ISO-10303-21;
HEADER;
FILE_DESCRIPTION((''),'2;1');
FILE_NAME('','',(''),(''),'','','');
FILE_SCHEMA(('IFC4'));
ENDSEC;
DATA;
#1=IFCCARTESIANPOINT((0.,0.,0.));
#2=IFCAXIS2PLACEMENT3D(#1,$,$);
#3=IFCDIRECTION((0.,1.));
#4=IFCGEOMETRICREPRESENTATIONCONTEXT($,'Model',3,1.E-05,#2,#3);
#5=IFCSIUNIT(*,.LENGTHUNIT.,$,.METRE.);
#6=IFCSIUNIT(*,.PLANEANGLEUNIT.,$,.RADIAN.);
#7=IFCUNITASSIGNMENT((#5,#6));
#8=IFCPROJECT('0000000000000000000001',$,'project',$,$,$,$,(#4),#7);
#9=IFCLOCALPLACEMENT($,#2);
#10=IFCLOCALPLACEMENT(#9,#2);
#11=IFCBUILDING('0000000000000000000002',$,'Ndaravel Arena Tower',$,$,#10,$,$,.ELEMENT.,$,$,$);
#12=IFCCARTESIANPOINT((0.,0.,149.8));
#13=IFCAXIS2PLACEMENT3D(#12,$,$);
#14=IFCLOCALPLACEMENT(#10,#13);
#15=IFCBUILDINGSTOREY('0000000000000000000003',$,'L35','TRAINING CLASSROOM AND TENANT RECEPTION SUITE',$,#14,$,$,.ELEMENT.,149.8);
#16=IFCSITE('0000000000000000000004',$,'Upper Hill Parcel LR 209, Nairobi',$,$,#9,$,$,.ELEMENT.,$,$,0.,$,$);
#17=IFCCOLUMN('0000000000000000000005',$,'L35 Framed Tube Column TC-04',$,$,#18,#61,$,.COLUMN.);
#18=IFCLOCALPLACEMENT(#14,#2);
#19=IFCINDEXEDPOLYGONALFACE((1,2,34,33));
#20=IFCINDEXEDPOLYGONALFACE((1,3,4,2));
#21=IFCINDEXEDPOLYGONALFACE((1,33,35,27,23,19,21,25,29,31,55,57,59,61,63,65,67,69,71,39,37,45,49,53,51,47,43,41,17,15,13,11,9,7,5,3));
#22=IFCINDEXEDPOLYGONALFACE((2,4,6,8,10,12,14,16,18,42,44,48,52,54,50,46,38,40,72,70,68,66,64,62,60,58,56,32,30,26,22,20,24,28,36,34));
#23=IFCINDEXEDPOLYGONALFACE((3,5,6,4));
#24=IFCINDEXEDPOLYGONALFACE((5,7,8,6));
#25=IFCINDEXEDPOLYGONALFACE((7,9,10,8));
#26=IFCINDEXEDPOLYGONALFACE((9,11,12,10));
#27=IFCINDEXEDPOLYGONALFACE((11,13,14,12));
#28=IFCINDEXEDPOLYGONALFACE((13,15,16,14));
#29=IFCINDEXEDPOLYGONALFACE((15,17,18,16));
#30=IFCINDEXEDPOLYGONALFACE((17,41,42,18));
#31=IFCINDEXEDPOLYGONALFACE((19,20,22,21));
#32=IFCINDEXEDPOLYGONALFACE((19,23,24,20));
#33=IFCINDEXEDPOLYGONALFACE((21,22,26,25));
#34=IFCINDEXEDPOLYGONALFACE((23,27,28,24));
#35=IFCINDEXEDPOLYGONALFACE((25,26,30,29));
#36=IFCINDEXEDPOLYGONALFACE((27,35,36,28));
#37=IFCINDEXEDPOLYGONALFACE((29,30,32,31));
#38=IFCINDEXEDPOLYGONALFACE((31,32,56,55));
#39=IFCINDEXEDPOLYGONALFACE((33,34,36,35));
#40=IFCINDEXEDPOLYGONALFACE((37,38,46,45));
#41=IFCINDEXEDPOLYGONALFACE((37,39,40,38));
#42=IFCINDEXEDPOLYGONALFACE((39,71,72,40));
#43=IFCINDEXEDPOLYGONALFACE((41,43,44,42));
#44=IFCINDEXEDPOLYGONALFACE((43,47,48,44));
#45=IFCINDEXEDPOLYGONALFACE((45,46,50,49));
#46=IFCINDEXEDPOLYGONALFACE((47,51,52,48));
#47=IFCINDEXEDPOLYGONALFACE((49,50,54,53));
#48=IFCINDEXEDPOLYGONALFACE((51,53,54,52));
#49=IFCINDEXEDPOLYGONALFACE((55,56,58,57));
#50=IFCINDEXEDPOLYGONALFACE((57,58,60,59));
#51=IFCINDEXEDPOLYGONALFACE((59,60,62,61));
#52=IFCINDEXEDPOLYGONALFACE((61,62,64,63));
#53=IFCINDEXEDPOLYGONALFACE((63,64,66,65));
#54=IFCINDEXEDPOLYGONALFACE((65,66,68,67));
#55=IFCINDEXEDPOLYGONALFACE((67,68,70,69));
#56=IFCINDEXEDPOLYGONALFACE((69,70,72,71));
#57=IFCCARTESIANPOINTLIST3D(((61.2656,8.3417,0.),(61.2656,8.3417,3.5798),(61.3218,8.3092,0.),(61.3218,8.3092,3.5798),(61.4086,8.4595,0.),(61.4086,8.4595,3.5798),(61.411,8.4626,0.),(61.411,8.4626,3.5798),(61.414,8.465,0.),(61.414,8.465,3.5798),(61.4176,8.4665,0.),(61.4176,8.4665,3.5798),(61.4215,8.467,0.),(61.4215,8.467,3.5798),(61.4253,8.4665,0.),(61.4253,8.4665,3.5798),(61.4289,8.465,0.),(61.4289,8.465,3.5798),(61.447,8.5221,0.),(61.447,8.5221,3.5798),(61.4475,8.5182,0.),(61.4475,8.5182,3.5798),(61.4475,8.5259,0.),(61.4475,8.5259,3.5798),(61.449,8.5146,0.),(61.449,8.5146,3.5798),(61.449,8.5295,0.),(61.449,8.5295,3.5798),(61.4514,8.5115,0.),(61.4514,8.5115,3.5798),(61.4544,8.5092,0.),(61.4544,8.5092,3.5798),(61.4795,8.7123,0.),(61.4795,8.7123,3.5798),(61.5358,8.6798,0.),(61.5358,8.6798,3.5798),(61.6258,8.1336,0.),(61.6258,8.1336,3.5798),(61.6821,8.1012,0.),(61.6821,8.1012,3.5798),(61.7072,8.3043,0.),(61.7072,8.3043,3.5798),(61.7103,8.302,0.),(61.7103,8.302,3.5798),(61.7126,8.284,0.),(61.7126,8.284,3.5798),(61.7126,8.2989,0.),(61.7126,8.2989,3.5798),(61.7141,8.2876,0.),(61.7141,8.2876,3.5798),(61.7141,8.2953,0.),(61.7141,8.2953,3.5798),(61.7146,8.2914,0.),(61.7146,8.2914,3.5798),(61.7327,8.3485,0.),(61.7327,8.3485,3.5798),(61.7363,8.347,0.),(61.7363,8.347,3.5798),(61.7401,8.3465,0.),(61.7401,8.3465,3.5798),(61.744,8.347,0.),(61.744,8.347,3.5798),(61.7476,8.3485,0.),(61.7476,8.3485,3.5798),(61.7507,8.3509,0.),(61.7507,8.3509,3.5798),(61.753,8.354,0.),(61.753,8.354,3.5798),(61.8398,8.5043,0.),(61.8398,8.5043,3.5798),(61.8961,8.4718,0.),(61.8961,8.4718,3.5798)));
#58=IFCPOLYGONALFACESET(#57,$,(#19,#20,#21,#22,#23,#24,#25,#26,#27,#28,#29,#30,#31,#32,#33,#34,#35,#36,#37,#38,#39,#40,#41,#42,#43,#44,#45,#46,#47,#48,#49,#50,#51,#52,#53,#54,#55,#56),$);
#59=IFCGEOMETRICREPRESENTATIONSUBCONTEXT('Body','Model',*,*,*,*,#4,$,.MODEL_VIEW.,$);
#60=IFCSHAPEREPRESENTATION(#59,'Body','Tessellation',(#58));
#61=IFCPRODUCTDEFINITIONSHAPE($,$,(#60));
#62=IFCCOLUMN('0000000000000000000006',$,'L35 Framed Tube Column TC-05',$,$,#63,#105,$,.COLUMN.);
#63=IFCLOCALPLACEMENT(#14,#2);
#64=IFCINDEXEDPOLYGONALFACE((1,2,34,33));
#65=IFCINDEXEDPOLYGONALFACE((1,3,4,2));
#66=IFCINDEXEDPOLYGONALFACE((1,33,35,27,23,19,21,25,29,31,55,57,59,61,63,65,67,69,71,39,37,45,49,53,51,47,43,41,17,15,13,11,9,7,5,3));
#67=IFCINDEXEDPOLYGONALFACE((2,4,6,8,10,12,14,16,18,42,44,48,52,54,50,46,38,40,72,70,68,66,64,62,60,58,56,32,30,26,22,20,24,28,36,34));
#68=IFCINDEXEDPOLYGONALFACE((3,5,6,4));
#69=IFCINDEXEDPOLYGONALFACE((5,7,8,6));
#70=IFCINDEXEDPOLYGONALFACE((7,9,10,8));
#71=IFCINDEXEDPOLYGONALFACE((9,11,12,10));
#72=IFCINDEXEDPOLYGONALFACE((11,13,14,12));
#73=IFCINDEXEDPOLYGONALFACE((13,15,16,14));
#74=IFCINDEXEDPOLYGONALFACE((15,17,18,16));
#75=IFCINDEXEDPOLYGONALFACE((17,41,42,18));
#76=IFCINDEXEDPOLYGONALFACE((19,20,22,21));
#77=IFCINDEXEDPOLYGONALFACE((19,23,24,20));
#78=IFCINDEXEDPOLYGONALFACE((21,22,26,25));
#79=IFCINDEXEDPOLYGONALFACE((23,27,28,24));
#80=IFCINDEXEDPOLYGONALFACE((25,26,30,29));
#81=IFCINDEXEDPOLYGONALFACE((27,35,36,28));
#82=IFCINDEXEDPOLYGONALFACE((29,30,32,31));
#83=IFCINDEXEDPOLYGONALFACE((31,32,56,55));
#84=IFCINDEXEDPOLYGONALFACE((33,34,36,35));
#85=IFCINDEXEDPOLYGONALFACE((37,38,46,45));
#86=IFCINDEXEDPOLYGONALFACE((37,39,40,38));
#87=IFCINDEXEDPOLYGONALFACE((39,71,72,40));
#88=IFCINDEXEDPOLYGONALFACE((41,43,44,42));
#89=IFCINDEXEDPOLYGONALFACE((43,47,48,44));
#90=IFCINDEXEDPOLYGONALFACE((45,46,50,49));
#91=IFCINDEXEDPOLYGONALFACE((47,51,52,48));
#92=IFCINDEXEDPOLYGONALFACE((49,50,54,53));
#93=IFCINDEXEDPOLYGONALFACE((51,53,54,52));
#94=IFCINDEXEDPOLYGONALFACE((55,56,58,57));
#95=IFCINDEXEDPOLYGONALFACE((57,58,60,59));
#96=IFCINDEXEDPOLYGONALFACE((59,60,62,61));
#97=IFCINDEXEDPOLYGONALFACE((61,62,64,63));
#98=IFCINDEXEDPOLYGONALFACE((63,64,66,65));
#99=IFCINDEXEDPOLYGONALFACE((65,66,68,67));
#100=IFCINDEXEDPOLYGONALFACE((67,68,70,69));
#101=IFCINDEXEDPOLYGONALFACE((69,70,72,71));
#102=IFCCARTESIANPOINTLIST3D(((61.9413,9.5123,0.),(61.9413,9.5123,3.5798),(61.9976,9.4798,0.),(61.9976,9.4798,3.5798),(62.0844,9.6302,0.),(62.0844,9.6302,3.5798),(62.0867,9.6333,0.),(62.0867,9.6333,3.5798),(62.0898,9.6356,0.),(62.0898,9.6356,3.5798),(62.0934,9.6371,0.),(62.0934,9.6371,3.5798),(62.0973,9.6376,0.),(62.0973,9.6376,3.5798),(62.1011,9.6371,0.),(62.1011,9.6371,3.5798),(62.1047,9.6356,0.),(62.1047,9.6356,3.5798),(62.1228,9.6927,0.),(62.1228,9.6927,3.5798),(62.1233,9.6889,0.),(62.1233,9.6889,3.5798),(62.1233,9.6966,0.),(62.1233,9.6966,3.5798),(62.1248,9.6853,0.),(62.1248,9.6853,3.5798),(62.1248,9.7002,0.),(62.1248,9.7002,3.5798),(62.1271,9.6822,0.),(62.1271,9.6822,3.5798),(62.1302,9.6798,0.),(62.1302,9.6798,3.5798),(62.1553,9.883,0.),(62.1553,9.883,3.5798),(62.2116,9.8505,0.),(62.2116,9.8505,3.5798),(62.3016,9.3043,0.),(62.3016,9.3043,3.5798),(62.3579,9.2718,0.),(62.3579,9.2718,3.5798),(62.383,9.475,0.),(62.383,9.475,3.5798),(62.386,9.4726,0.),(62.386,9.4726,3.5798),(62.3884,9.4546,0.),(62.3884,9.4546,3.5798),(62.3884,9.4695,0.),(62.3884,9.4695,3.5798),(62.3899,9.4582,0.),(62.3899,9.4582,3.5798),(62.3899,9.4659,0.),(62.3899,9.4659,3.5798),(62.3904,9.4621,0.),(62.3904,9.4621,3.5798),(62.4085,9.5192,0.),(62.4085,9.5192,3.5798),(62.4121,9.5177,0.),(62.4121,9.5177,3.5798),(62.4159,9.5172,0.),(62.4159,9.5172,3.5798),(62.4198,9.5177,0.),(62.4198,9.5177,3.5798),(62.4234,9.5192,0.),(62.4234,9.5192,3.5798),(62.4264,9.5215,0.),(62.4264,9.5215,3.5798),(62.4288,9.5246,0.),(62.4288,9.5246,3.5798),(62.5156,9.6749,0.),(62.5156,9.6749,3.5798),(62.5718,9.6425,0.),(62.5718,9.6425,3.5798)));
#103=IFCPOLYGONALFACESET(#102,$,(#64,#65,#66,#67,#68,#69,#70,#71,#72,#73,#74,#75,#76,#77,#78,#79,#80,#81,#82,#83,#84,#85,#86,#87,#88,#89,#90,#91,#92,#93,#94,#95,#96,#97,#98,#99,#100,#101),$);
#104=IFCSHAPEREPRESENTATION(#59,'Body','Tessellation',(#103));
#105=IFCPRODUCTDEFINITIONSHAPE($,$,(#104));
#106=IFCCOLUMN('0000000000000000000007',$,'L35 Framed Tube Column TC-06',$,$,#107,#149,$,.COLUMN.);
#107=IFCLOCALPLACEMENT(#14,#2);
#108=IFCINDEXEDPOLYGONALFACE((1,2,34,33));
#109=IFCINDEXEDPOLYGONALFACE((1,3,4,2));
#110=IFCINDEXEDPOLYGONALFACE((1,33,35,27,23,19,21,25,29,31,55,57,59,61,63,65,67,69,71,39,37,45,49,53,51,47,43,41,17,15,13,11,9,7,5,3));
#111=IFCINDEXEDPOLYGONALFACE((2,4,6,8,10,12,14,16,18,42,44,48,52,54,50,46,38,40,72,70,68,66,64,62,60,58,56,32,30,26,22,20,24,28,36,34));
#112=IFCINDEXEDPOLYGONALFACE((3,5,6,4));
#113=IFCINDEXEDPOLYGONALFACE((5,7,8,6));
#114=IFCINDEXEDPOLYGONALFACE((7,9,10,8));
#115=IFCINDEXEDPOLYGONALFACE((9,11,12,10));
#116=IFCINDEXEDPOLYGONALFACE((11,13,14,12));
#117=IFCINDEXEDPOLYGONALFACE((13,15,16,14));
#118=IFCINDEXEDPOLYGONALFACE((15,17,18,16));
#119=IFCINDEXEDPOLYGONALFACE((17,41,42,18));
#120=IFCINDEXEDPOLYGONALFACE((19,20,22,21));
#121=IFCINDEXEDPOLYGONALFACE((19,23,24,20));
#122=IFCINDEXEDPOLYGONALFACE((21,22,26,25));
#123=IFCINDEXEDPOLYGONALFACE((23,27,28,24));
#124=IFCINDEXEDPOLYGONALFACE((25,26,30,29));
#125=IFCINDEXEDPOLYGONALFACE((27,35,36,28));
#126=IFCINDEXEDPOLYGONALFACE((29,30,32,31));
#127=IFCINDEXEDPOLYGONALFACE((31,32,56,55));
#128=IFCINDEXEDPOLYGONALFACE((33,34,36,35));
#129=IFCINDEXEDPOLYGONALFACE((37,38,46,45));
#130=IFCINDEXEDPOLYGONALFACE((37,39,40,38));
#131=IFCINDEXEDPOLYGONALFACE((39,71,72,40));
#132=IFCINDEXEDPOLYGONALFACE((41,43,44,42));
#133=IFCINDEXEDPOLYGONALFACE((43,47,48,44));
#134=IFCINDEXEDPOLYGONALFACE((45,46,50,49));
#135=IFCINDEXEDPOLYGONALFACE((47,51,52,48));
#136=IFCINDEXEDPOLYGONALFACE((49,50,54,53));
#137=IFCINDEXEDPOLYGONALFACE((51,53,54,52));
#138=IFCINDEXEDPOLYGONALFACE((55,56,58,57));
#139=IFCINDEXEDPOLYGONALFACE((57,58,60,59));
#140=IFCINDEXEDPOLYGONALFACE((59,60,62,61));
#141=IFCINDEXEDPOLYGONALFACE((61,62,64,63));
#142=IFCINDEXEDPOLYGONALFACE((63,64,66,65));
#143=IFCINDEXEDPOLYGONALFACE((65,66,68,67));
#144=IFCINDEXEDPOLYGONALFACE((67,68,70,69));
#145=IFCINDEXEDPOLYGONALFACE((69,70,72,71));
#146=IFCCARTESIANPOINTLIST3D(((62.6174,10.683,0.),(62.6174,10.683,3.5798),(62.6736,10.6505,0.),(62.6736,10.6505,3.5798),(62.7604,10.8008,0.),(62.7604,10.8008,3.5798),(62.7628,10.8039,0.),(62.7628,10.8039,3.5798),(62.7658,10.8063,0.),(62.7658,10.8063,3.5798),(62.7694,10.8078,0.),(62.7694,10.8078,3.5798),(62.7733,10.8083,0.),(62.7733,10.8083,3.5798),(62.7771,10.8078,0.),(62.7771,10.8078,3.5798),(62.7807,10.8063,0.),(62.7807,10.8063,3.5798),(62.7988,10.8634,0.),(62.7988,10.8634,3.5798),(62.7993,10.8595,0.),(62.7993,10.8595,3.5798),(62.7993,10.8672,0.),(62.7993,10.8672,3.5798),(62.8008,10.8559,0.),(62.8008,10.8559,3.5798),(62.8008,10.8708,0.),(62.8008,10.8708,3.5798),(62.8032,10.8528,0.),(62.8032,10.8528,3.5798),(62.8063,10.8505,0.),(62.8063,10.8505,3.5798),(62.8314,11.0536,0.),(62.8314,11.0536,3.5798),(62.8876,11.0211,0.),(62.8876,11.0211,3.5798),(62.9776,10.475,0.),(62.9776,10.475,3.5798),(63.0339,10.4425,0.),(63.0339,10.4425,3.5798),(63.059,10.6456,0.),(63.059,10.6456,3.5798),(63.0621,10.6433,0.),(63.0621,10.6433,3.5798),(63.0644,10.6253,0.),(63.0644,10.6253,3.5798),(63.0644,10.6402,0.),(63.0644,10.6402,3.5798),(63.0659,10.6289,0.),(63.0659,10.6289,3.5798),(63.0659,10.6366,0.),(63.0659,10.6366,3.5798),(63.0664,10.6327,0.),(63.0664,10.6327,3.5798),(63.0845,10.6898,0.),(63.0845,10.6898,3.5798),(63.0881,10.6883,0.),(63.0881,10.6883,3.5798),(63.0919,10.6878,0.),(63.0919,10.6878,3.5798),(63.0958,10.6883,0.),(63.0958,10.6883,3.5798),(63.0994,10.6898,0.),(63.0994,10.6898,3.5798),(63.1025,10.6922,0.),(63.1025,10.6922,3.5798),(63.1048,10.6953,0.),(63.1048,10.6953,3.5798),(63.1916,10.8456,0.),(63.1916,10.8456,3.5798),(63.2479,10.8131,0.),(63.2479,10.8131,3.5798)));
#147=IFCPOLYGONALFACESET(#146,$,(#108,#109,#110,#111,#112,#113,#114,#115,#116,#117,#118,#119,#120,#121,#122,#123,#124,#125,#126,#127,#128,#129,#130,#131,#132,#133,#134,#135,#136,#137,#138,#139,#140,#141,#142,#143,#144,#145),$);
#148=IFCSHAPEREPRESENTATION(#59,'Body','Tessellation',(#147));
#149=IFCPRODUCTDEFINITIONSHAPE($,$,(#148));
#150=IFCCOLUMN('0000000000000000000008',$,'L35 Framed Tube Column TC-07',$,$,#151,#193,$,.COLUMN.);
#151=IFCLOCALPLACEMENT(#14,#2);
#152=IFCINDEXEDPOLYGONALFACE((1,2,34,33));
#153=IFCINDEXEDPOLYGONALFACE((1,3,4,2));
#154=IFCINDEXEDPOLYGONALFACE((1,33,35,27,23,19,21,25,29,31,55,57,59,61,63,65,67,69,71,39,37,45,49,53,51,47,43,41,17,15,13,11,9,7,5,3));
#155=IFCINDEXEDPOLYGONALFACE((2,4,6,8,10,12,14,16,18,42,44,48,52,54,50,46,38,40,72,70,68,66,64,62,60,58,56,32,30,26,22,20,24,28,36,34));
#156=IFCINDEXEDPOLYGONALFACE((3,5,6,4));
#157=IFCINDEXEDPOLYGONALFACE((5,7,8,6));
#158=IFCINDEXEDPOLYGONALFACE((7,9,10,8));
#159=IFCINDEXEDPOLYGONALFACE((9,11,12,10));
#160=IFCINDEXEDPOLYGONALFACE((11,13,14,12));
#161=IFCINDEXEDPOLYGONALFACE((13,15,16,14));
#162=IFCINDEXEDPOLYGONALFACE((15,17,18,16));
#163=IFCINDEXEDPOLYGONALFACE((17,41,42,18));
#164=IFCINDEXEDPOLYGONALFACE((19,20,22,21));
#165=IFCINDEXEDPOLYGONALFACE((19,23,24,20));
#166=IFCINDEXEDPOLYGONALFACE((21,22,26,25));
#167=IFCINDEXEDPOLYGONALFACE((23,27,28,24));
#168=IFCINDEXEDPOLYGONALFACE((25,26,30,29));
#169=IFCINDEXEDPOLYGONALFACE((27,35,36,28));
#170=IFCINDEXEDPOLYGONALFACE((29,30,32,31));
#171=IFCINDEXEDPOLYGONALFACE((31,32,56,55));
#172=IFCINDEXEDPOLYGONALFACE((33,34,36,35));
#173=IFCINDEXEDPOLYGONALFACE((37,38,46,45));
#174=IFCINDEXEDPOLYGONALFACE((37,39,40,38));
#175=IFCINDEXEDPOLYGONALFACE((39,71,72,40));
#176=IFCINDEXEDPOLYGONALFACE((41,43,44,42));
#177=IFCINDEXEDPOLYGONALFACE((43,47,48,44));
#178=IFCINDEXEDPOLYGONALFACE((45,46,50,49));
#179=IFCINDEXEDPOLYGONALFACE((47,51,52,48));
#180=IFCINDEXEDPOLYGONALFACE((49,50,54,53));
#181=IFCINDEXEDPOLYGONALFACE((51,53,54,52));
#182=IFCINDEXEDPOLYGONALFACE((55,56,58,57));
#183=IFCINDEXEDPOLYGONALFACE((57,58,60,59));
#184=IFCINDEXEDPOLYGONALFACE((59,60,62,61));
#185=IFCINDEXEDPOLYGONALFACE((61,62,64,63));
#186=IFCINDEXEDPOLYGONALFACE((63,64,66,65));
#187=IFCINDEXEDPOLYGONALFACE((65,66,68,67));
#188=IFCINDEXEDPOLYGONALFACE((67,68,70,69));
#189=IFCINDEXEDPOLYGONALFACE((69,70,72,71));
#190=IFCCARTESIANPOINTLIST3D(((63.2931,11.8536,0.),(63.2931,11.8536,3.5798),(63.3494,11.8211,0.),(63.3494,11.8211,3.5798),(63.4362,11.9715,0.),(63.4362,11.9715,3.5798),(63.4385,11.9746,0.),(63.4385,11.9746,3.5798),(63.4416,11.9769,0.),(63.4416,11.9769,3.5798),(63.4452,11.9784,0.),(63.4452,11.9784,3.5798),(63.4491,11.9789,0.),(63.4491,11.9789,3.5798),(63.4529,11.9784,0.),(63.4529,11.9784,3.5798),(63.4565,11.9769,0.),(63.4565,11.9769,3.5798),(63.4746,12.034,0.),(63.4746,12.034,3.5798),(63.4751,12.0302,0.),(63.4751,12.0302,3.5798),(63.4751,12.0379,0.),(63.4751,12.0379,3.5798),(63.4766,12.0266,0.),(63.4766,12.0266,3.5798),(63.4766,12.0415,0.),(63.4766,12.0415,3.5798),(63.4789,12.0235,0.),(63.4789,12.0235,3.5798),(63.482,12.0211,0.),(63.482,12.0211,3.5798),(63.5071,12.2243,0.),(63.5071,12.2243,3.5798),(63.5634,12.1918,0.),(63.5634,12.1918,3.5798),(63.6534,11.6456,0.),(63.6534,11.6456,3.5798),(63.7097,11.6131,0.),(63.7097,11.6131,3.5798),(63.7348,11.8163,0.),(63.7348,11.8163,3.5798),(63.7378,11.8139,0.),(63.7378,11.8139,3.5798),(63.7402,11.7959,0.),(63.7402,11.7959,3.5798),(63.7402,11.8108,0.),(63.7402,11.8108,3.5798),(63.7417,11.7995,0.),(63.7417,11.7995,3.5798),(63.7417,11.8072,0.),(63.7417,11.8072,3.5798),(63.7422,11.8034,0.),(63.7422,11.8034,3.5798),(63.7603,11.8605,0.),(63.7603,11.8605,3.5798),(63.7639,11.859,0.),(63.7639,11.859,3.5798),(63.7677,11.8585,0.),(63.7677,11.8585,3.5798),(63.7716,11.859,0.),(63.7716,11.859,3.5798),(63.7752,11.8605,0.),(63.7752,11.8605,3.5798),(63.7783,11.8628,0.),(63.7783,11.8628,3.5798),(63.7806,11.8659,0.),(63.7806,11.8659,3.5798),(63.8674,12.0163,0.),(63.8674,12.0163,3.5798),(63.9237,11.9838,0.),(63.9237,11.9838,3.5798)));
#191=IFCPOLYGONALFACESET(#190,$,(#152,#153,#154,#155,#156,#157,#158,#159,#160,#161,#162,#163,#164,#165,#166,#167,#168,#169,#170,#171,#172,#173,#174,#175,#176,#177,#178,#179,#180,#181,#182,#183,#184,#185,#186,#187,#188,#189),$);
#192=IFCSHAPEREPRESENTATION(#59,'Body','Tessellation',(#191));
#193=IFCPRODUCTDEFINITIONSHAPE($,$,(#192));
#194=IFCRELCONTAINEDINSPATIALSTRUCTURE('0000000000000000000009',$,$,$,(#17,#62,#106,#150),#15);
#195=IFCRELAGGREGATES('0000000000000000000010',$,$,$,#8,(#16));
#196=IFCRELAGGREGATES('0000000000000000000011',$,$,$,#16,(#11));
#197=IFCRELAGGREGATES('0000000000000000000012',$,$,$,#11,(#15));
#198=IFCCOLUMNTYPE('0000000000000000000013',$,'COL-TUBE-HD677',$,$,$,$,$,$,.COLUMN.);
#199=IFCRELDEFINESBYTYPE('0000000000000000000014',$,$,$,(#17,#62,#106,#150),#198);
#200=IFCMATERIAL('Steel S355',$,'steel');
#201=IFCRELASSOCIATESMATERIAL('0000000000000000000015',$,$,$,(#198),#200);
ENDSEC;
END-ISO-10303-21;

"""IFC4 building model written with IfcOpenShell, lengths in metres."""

from ifc_helpers import new_model, si_unit, direction, frame, origin, origin_2d, place, context, subcontext, project, spatial, i_section, extrude, material, material_profile, profile_set, type_object, element, save


model = new_model("IFC4")

# Units and contexts
model_context = context("Model", 3, precision=1e-05, world=origin(), true_north=direction((0.0, 1.0)))
body_context = subcontext(model_context, "Body", "Model", "MODEL_VIEW")
ifc_project = project(units=[si_unit("LENGTHUNIT", "METRE"), si_unit("PLANEANGLEUNIT", "RADIAN")], contexts=[model_context])

# Site, building, storey
site_placement = place(None, origin())
site = spatial("IfcSite", under=ifc_project, at=site_placement, Name="Upper Hill Parcel LR 209, Nairobi", CompositionType="ELEMENT", RefElevation=0.0)
building_placement = place(site_placement, origin())
building = spatial("IfcBuilding", under=site, at=building_placement, Name="Ndaravel Arena Tower", CompositionType="ELEMENT")
storey_placement = place(building_placement, frame((0.0, 0.0, 149.8)))
storey = spatial("IfcBuildingStorey", under=building, at=storey_placement, Name="L35", Description="TRAINING CLASSROOM AND TENANT RECEPTION SUITE", CompositionType="ELEMENT", Elevation=149.8)

# Columns
ifc_material_1 = material(Name="Steel S355", Category="steel")
ifc_material_profile_1 = material_profile(ifc_material_1, i_section(OverallWidth=0.428, OverallDepth=0.481, WebThickness=0.051, FlangeThickness=0.0649, FilletRadius=0.0149, at=origin_2d()), Name="HD 400x677")
ifc_profile_set_1 = profile_set([ifc_material_profile_1], Name="Steel S355")
column_type = type_object("IfcColumnType", Name="COL-TUBE-HD677", PredefinedType="COLUMN", material=ifc_profile_set_1)
for number, where, z_axis, x_axis, name in (
    (1, (61.5808, 8.4067, 0.0), (0.0, 0.0, 1.0), (0.5, 0.866025, 0.0), "L35 Framed Tube Column TC-04"),
    (2, (62.2566, 9.5774, 0.0), (0.0, 0.0, 1.0), (0.5, 0.866025, 0.0), "L35 Framed Tube Column TC-05"),
    (3, (62.9326, 10.748, 0.0), (0.0, 0.0, 1.0), (0.5, 0.866025, 0.0), "L35 Framed Tube Column TC-06"),
    (4, (63.6084, 11.9187, 0.0), (0.0, 0.0, 1.0), (0.5, 0.866025, 0.0), "L35 Framed Tube Column TC-07"),
):
    element("IfcColumn", number, at=place(storey_placement, frame(where, z_axis=z_axis, x_axis=x_axis)), inside=storey, type_object=column_type, Name=name, PredefinedType="COLUMN", context=body_context, shape_type="SweptSolid", body=[
        extrude(i_section(OverallWidth=0.428, OverallDepth=0.481, WebThickness=0.051, FlangeThickness=0.0649, FilletRadius=0.0149, at=origin_2d()), origin(), (0.0, 0.0, 1.0), 3.5798),
    ])

save(model, "model.ifc")
